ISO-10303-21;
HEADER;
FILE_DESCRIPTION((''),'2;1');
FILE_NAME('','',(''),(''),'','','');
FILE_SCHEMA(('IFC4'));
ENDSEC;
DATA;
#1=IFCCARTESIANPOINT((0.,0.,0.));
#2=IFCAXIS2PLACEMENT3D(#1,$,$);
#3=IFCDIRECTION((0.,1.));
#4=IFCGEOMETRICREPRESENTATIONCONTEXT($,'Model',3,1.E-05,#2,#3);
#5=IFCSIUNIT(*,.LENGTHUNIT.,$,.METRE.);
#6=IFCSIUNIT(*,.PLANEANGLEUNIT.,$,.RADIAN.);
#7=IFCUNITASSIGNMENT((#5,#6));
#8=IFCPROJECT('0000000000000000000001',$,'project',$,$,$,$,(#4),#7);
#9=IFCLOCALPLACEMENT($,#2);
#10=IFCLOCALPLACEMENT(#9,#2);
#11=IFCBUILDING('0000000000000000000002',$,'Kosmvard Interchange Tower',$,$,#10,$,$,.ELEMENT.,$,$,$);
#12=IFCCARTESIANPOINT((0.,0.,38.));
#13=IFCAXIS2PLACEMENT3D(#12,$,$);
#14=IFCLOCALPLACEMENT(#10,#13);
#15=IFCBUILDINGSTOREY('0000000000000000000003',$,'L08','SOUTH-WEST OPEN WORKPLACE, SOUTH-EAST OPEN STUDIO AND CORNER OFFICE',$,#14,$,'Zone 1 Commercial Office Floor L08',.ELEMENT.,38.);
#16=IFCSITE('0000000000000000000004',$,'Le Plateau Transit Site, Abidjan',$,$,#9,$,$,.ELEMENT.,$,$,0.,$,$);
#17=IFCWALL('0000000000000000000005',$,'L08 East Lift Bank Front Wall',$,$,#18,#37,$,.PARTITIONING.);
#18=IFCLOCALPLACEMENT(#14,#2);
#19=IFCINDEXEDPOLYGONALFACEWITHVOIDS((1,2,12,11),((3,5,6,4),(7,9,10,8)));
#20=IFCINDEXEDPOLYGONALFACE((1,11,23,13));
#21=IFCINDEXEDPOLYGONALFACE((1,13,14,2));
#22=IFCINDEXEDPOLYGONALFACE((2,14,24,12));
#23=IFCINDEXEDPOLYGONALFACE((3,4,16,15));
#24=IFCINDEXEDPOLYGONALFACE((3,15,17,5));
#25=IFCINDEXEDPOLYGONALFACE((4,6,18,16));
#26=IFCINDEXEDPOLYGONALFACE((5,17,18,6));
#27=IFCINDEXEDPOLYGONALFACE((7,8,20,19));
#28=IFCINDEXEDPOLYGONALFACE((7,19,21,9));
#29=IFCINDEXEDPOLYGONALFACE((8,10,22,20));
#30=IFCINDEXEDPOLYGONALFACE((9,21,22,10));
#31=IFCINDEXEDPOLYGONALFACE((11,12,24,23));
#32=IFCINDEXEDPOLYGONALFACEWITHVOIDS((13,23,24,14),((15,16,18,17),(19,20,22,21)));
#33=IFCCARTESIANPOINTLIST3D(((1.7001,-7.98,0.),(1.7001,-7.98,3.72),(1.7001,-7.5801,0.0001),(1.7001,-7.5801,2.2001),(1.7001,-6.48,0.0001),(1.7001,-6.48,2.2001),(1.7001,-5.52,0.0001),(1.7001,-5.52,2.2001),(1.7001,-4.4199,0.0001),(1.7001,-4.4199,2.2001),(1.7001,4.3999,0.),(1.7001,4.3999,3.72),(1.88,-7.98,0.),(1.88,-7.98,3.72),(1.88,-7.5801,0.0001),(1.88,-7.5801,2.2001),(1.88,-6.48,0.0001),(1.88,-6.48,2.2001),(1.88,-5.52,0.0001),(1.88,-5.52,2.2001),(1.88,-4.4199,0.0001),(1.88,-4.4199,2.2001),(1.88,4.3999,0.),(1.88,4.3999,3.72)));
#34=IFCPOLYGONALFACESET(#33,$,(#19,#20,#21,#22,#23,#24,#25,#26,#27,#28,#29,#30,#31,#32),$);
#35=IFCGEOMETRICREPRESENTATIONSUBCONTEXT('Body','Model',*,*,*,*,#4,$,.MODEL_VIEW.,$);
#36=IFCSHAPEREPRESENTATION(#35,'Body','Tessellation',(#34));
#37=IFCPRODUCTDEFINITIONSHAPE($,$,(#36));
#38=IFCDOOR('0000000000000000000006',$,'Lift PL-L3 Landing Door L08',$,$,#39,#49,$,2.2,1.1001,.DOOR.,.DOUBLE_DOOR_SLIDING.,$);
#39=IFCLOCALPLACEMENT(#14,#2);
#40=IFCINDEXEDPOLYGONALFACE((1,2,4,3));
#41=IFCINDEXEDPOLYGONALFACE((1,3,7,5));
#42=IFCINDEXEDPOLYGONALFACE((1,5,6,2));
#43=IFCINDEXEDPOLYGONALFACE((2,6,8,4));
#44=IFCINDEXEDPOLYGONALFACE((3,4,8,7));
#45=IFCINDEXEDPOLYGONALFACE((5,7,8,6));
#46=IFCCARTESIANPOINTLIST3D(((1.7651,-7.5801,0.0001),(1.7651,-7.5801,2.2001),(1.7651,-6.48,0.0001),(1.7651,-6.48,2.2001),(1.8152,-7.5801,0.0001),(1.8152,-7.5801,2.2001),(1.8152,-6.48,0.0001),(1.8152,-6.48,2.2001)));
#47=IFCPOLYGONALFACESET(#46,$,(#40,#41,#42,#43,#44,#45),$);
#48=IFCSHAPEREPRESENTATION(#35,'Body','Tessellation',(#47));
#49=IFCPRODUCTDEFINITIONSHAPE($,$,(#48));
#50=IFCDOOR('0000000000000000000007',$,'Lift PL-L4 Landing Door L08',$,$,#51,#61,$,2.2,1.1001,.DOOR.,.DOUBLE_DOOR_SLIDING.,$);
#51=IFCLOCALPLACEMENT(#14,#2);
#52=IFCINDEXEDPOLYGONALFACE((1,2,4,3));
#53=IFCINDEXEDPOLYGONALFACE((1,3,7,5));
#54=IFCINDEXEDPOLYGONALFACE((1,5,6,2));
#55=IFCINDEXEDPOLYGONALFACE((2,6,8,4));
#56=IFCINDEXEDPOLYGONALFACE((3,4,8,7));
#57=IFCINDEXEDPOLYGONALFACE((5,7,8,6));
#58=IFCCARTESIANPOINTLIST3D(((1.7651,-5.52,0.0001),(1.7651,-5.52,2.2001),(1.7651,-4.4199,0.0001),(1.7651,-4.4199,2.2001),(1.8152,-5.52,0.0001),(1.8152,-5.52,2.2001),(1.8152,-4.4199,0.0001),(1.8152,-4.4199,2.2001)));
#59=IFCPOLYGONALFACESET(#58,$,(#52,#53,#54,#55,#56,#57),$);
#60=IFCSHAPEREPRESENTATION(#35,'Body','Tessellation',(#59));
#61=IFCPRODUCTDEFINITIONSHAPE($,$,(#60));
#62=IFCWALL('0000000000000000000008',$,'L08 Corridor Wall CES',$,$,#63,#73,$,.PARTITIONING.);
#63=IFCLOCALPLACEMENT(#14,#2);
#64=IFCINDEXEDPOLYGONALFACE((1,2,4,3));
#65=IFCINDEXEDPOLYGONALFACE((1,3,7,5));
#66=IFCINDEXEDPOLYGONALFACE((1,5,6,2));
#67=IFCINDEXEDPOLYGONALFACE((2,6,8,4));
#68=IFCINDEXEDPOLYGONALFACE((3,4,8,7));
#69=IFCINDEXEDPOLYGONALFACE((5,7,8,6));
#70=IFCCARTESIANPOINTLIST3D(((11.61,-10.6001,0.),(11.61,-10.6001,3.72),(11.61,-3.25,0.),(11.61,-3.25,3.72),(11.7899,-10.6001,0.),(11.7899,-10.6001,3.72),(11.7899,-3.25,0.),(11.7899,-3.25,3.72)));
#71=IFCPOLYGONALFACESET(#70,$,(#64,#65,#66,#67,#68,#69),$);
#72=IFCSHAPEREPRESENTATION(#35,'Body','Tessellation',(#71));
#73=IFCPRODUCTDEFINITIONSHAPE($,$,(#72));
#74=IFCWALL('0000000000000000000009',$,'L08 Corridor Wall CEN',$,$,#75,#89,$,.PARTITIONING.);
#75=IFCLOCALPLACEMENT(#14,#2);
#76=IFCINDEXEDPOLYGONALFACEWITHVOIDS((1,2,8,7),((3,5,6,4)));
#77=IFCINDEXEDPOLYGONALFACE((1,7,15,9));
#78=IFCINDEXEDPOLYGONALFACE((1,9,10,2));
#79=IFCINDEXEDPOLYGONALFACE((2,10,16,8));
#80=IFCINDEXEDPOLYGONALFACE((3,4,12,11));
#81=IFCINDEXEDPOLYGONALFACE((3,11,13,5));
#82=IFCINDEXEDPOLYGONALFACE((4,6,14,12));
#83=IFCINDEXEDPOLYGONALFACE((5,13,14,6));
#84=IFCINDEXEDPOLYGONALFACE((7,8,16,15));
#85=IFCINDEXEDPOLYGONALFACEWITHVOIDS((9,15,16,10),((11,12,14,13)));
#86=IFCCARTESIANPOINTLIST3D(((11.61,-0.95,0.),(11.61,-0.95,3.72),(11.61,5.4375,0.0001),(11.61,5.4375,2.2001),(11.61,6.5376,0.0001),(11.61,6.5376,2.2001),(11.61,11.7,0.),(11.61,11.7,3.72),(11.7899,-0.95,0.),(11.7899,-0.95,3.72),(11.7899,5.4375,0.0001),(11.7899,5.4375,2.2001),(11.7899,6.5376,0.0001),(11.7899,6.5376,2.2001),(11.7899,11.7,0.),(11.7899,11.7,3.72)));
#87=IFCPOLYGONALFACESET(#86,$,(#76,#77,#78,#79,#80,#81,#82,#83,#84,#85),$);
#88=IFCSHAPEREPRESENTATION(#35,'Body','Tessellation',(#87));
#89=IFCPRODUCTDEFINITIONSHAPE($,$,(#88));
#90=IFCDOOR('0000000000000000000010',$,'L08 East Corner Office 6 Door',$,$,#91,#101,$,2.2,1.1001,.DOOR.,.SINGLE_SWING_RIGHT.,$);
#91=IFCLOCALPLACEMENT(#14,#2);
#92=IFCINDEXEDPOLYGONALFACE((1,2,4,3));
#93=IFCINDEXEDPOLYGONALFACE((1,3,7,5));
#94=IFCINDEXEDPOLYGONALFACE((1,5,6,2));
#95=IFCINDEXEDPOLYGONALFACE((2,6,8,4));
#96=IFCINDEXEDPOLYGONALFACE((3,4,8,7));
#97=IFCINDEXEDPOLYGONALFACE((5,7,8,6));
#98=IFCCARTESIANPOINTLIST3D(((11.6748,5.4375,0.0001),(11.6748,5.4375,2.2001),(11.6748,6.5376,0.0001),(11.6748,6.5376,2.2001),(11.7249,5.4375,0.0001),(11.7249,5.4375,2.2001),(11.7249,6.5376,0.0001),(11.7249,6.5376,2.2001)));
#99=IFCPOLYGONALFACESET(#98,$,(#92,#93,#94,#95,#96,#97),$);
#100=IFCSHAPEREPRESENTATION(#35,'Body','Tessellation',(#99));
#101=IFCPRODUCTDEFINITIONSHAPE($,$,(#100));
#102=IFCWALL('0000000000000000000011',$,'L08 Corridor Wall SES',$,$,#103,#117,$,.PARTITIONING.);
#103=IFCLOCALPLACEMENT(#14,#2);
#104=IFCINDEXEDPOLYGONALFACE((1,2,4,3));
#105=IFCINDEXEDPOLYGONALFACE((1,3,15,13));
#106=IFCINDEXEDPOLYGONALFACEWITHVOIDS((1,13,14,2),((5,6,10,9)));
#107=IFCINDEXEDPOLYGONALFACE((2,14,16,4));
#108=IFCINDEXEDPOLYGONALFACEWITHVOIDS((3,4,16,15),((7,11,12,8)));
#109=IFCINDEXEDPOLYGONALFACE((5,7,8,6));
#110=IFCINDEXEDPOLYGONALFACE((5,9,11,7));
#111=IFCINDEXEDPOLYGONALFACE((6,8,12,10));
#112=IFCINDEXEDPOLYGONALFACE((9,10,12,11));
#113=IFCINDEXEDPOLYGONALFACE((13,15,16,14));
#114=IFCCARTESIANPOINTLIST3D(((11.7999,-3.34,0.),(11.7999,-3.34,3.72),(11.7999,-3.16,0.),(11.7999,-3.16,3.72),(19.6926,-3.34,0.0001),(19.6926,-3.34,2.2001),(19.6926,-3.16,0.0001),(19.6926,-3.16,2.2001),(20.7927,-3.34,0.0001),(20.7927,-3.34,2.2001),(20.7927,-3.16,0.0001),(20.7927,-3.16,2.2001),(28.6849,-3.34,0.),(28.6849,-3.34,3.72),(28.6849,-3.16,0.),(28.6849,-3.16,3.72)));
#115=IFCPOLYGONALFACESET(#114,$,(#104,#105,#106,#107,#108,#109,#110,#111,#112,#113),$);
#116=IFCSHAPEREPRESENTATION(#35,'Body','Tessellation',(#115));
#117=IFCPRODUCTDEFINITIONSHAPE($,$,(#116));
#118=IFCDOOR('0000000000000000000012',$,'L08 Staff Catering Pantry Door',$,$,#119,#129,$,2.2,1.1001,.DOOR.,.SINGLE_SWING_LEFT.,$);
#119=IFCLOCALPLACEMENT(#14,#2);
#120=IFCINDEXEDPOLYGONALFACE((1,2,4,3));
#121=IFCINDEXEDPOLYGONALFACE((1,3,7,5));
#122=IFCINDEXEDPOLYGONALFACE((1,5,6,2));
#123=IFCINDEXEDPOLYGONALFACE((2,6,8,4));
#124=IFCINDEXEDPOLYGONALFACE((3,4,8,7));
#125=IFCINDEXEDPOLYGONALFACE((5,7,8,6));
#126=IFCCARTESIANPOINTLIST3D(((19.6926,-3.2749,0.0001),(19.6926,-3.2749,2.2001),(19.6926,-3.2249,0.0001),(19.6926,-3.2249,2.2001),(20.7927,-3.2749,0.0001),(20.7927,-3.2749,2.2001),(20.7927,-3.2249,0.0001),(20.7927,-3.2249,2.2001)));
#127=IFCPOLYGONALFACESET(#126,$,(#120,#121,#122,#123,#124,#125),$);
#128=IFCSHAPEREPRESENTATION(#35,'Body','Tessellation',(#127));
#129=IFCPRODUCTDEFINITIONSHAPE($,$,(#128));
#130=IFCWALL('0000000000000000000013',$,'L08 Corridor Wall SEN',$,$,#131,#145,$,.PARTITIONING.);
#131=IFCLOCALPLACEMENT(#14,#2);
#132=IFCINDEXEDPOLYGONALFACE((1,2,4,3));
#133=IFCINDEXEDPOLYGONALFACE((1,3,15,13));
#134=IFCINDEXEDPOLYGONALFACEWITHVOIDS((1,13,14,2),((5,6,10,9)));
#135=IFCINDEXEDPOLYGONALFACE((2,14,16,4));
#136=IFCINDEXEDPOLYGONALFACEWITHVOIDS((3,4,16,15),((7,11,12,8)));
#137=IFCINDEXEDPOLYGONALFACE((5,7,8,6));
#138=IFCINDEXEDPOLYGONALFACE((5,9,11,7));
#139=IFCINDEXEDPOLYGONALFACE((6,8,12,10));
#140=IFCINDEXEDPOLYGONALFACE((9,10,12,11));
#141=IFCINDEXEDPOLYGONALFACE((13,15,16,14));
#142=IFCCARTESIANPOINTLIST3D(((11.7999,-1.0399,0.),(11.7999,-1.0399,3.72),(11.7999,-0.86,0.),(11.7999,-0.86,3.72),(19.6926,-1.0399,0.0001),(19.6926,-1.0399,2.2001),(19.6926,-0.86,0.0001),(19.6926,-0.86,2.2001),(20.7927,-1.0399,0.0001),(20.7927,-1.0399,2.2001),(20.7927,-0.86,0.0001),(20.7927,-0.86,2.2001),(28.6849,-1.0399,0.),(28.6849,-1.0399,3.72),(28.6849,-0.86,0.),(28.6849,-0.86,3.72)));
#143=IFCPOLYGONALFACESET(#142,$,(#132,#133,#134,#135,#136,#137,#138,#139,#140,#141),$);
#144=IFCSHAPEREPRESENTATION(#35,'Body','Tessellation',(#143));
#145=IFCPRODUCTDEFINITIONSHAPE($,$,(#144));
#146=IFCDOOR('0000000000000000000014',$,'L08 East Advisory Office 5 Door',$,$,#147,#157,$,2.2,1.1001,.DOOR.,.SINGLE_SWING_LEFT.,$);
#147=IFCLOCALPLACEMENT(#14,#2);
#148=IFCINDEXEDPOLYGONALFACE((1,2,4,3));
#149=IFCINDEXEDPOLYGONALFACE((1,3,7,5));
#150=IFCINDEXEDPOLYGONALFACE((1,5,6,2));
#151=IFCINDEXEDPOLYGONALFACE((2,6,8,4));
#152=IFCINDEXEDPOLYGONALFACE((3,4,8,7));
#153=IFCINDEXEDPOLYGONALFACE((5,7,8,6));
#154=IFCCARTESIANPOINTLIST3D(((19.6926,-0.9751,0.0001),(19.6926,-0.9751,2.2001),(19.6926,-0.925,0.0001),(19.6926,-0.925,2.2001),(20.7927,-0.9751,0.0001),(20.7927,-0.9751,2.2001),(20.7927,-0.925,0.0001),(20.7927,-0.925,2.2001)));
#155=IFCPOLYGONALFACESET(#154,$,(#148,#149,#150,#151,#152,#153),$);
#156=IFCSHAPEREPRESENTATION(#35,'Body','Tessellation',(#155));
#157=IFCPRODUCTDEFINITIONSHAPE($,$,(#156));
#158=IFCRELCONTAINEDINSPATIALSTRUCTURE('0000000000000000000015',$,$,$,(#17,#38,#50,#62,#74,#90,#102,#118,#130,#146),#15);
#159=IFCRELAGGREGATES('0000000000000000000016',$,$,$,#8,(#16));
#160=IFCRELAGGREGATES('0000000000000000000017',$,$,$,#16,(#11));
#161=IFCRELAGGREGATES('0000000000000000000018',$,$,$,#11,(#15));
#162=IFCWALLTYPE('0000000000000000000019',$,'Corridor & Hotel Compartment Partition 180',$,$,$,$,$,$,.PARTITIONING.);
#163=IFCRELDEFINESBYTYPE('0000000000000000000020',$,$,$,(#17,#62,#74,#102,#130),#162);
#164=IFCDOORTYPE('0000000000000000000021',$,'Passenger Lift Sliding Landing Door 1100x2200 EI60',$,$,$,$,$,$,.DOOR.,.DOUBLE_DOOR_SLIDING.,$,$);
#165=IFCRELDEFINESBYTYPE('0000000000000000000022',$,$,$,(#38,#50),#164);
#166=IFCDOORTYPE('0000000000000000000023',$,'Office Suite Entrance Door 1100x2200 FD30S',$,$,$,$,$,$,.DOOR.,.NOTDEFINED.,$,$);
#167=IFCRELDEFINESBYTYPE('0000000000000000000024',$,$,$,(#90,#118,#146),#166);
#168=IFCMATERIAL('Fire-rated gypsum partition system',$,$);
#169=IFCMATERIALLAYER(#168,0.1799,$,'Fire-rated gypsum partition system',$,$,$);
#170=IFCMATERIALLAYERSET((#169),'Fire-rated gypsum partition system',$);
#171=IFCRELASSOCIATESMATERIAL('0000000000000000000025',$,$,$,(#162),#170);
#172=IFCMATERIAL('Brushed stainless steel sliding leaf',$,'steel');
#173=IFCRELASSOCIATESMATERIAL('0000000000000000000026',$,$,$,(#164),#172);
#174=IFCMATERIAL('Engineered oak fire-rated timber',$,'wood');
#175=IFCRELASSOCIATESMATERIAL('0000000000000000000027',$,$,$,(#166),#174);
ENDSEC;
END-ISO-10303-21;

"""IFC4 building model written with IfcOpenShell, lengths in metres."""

from ifc_helpers import new_model, si_unit, direction, frame, frame_2d, origin, place, context, subcontext, project, spatial, rectangle, extrude, source, transform, mapped, material, layer, layer_set, type_object, element, fill, save


model = new_model("IFC4")

# Units and contexts
model_context = context("Model", 3, precision=1e-05, world=origin(), true_north=direction((0.0, 1.0)))
body_context = subcontext(model_context, "Body", "Model", "MODEL_VIEW")
ifc_project = project(units=[si_unit("LENGTHUNIT", "METRE"), si_unit("PLANEANGLEUNIT", "RADIAN")], contexts=[model_context])

# Site, building, storey
site_placement = place(None, origin())
site = spatial("IfcSite", under=ifc_project, at=site_placement, Name="Le Plateau Transit Site, Abidjan", CompositionType="ELEMENT", RefElevation=0.0)
building_placement = place(site_placement, origin())
building = spatial("IfcBuilding", under=site, at=building_placement, Name="Kosmvard Interchange Tower", CompositionType="ELEMENT")
storey_placement = place(building_placement, frame((0.0, 0.0, 38.0)))
storey = spatial("IfcBuildingStorey", under=building, at=storey_placement, Name="L08", Description="SOUTH-WEST OPEN WORKPLACE, SOUTH-EAST OPEN STUDIO AND CORNER OFFICE", LongName="Zone 1 Commercial Office Floor L08", CompositionType="ELEMENT", Elevation=38.0)

# Wall, openings, doors
ifc_material_1 = material(Name="Fire-rated gypsum partition system")
ifc_layer_1 = layer(ifc_material_1, 0.1799, Name="Fire-rated gypsum partition system")
ifc_layer_set_1 = layer_set([ifc_layer_1], Name="Fire-rated gypsum partition system")
wall_type_1 = type_object("IfcWallType", Name="Corridor & Hotel Compartment Partition 180", PredefinedType="PARTITIONING", material=ifc_layer_set_1)
wall_1_placement = place(storey_placement, frame((1.79, -7.98, 0.0), z_axis=(0.0, 0.0, 1.0), x_axis=(0.0, 1.0, 0.0)))
wall_1 = element("IfcWall", 1, at=wall_1_placement, inside=storey, type_object=wall_type_1, Name="L08 East Lift Bank Front Wall", PredefinedType="PARTITIONING", context=body_context, shape_type="SweptSolid", body=[
    extrude(rectangle(XDim=12.3799, YDim=0.1799, at=frame_2d((6.1899, 0.0))), origin(), (0.0, 0.0, 1.0), 3.72),
])
opening_1_placement = place(wall_1_placement, frame((0.3999, 0.0, 0.0)))
opening_1 = element("IfcOpeningElement", 2, at=opening_1_placement, cuts=wall_1, PredefinedType="OPENING", context=body_context, shape_type="SweptSolid", body=[
    extrude(rectangle(XDim=1.1001, YDim=2.2, at=frame_2d((0.55, 1.1001))), frame((0.0, 0.1001, 0.0), z_axis=(0.0, -1.0, 0.0), x_axis=(1.0, 0.0, 0.0)), (0.0, 0.0, 1.0), 0.2),
])
opening_2_placement = place(wall_1_placement, frame((2.46, 0.0, 0.0)))
opening_2 = element("IfcOpeningElement", 3, at=opening_2_placement, cuts=wall_1, PredefinedType="OPENING", context=body_context, shape_type="SweptSolid", body=[
    extrude(rectangle(XDim=1.1001, YDim=2.2, at=frame_2d((0.55, 1.1001))), frame((0.0, 0.1001, 0.0), z_axis=(0.0, -1.0, 0.0), x_axis=(1.0, 0.0, 0.0)), (0.0, 0.0, 1.0), 0.2),
])
ifc_material_2 = material(Name="Brushed stainless steel sliding leaf", Category="steel")
door_type_1 = type_object("IfcDoorType", Name="Passenger Lift Sliding Landing Door 1100x2200 EI60", OperationType="DOUBLE_DOOR_SLIDING", PredefinedType="DOOR", material=ifc_material_2)
shared_shape_1 = source(origin(), body_context, "Body", "SweptSolid", [
    extrude(rectangle(XDim=1.1001, YDim=2.2, at=frame_2d((0.55, 1.1001))), frame((0.0, 0.0249, 0.0), z_axis=(0.0, -1.0, 0.0), x_axis=(1.0, 0.0, 0.0)), (0.0, 0.0, 1.0), 0.05),
])
door_1_placement = place(opening_1_placement, origin())
door_1 = element("IfcDoor", 4, at=door_1_placement, inside=storey, type_object=door_type_1, Name="Lift PL-L3 Landing Door L08", OperationType="DOUBLE_DOOR_SLIDING", OverallHeight=2.2, OverallWidth=1.1001, PredefinedType="DOOR", context=body_context, shape_type="MappedRepresentation", body=[
    mapped(shared_shape_1, transform((0.0, 0.0, 0.0), scale=1.0)),
])
fill(opening_1, door_1)
door_2_placement = place(opening_2_placement, origin())
door_2 = element("IfcDoor", 5, at=door_2_placement, inside=storey, type_object=door_type_1, Name="Lift PL-L4 Landing Door L08", OperationType="DOUBLE_DOOR_SLIDING", OverallHeight=2.2, OverallWidth=1.1001, PredefinedType="DOOR", context=body_context, shape_type="MappedRepresentation", body=[
    mapped(shared_shape_1, transform((0.0, 0.0, 0.0), scale=1.0)),
])
fill(opening_2, door_2)

# Wall
wall_2_placement = place(storey_placement, frame((11.7, -10.6001, 0.0), z_axis=(0.0, 0.0, 1.0), x_axis=(0.0, 1.0, 0.0)))
element("IfcWall", 6, at=wall_2_placement, inside=storey, type_object=wall_type_1, Name="L08 Corridor Wall CES", PredefinedType="PARTITIONING", context=body_context, shape_type="SweptSolid", body=[
    extrude(rectangle(XDim=7.3501, YDim=0.1799, at=frame_2d((3.675, 0.0))), origin(), (0.0, 0.0, 1.0), 3.72),
])

# Walls, openings, doors
wall_3_placement = place(storey_placement, frame((11.7, -0.95, 0.0), z_axis=(0.0, 0.0, 1.0), x_axis=(0.0, 1.0, 0.0)))
wall_3 = element("IfcWall", 7, at=wall_3_placement, inside=storey, type_object=wall_type_1, Name="L08 Corridor Wall CEN", PredefinedType="PARTITIONING", context=body_context, shape_type="SweptSolid", body=[
    extrude(rectangle(XDim=12.6499, YDim=0.1799, at=frame_2d((6.325, 0.0))), origin(), (0.0, 0.0, 1.0), 3.72),
])
opening_3_placement = place(wall_3_placement, frame((6.3875, 0.0, 0.0)))
opening_3 = element("IfcOpeningElement", 8, at=opening_3_placement, cuts=wall_3, PredefinedType="OPENING", context=body_context, shape_type="SweptSolid", body=[
    extrude(rectangle(XDim=1.1001, YDim=2.2, at=frame_2d((0.55, 1.1001))), frame((0.0, 0.1001, 0.0), z_axis=(0.0, -1.0, 0.0), x_axis=(1.0, 0.0, 0.0)), (0.0, 0.0, 1.0), 0.2),
])
ifc_material_3 = material(Name="Engineered oak fire-rated timber", Category="wood")
door_type_2 = type_object("IfcDoorType", Name="Office Suite Entrance Door 1100x2200 FD30S", OperationType="NOTDEFINED", PredefinedType="DOOR", material=ifc_material_3)
door_3_placement = place(opening_3_placement, frame((1.1001, 0.0, 0.0), z_axis=(0.0, 0.0, 1.0), x_axis=(-1.0, 0.0, 0.0)))
door_3 = element("IfcDoor", 9, at=door_3_placement, inside=storey, type_object=door_type_2, Name="L08 East Corner Office 6 Door", OperationType="SINGLE_SWING_RIGHT", OverallHeight=2.2, OverallWidth=1.1001, PredefinedType="DOOR", context=body_context, shape_type="MappedRepresentation", body=[
    mapped(shared_shape_1, transform((0.0, 0.0, 0.0), scale=1.0)),
])
fill(opening_3, door_3)
wall_4_placement = place(storey_placement, frame((11.8, -3.25, 0.0), z_axis=(0.0, 0.0, 1.0), x_axis=(1.0, 0.0, 0.0)))
wall_4 = element("IfcWall", 10, at=wall_4_placement, inside=storey, type_object=wall_type_1, Name="L08 Corridor Wall SES", PredefinedType="PARTITIONING", context=body_context, shape_type="SweptSolid", body=[
    extrude(rectangle(XDim=16.885, YDim=0.1799, at=frame_2d((8.4424, 0.0))), origin(), (0.0, 0.0, 1.0), 3.72),
])
opening_4_placement = place(wall_4_placement, frame((7.8926, 0.0, 0.0)))
opening_4 = element("IfcOpeningElement", 11, at=opening_4_placement, cuts=wall_4, PredefinedType="OPENING", context=body_context, shape_type="SweptSolid", body=[
    extrude(rectangle(XDim=1.1001, YDim=2.2, at=frame_2d((0.55, 1.1001))), frame((0.0, 0.1001, 0.0), z_axis=(0.0, -1.0, 0.0), x_axis=(1.0, 0.0, 0.0)), (0.0, 0.0, 1.0), 0.2),
])
door_4_placement = place(opening_4_placement, frame((1.1001, 0.0, 0.0), z_axis=(0.0, 0.0, 1.0), x_axis=(-1.0, 0.0, 0.0)))
door_4 = element("IfcDoor", 12, at=door_4_placement, inside=storey, type_object=door_type_2, Name="L08 Staff Catering Pantry Door", OperationType="SINGLE_SWING_LEFT", OverallHeight=2.2, OverallWidth=1.1001, PredefinedType="DOOR", context=body_context, shape_type="MappedRepresentation", body=[
    mapped(shared_shape_1, transform((0.0, 0.0, 0.0), scale=1.0)),
])
fill(opening_4, door_4)
wall_5_placement = place(storey_placement, frame((11.8, -0.95, 0.0), z_axis=(0.0, 0.0, 1.0), x_axis=(1.0, 0.0, 0.0)))
wall_5 = element("IfcWall", 13, at=wall_5_placement, inside=storey, type_object=wall_type_1, Name="L08 Corridor Wall SEN", PredefinedType="PARTITIONING", context=body_context, shape_type="SweptSolid", body=[
    extrude(rectangle(XDim=16.885, YDim=0.1799, at=frame_2d((8.4424, 0.0))), origin(), (0.0, 0.0, 1.0), 3.72),
])
opening_5_placement = place(wall_5_placement, frame((7.8926, 0.0, 0.0)))
opening_5 = element("IfcOpeningElement", 14, at=opening_5_placement, cuts=wall_5, PredefinedType="OPENING", context=body_context, shape_type="SweptSolid", body=[
    extrude(rectangle(XDim=1.1001, YDim=2.2, at=frame_2d((0.55, 1.1001))), frame((0.0, 0.1001, 0.0), z_axis=(0.0, -1.0, 0.0), x_axis=(1.0, 0.0, 0.0)), (0.0, 0.0, 1.0), 0.2),
])
door_5_placement = place(opening_5_placement, origin())
door_5 = element("IfcDoor", 15, at=door_5_placement, inside=storey, type_object=door_type_2, Name="L08 East Advisory Office 5 Door", OperationType="SINGLE_SWING_LEFT", OverallHeight=2.2, OverallWidth=1.1001, PredefinedType="DOOR", context=body_context, shape_type="MappedRepresentation", body=[
    mapped(shared_shape_1, transform((0.0, 0.0, 0.0), scale=1.0)),
])
fill(opening_5, door_5)

save(model, "model.ifc")
